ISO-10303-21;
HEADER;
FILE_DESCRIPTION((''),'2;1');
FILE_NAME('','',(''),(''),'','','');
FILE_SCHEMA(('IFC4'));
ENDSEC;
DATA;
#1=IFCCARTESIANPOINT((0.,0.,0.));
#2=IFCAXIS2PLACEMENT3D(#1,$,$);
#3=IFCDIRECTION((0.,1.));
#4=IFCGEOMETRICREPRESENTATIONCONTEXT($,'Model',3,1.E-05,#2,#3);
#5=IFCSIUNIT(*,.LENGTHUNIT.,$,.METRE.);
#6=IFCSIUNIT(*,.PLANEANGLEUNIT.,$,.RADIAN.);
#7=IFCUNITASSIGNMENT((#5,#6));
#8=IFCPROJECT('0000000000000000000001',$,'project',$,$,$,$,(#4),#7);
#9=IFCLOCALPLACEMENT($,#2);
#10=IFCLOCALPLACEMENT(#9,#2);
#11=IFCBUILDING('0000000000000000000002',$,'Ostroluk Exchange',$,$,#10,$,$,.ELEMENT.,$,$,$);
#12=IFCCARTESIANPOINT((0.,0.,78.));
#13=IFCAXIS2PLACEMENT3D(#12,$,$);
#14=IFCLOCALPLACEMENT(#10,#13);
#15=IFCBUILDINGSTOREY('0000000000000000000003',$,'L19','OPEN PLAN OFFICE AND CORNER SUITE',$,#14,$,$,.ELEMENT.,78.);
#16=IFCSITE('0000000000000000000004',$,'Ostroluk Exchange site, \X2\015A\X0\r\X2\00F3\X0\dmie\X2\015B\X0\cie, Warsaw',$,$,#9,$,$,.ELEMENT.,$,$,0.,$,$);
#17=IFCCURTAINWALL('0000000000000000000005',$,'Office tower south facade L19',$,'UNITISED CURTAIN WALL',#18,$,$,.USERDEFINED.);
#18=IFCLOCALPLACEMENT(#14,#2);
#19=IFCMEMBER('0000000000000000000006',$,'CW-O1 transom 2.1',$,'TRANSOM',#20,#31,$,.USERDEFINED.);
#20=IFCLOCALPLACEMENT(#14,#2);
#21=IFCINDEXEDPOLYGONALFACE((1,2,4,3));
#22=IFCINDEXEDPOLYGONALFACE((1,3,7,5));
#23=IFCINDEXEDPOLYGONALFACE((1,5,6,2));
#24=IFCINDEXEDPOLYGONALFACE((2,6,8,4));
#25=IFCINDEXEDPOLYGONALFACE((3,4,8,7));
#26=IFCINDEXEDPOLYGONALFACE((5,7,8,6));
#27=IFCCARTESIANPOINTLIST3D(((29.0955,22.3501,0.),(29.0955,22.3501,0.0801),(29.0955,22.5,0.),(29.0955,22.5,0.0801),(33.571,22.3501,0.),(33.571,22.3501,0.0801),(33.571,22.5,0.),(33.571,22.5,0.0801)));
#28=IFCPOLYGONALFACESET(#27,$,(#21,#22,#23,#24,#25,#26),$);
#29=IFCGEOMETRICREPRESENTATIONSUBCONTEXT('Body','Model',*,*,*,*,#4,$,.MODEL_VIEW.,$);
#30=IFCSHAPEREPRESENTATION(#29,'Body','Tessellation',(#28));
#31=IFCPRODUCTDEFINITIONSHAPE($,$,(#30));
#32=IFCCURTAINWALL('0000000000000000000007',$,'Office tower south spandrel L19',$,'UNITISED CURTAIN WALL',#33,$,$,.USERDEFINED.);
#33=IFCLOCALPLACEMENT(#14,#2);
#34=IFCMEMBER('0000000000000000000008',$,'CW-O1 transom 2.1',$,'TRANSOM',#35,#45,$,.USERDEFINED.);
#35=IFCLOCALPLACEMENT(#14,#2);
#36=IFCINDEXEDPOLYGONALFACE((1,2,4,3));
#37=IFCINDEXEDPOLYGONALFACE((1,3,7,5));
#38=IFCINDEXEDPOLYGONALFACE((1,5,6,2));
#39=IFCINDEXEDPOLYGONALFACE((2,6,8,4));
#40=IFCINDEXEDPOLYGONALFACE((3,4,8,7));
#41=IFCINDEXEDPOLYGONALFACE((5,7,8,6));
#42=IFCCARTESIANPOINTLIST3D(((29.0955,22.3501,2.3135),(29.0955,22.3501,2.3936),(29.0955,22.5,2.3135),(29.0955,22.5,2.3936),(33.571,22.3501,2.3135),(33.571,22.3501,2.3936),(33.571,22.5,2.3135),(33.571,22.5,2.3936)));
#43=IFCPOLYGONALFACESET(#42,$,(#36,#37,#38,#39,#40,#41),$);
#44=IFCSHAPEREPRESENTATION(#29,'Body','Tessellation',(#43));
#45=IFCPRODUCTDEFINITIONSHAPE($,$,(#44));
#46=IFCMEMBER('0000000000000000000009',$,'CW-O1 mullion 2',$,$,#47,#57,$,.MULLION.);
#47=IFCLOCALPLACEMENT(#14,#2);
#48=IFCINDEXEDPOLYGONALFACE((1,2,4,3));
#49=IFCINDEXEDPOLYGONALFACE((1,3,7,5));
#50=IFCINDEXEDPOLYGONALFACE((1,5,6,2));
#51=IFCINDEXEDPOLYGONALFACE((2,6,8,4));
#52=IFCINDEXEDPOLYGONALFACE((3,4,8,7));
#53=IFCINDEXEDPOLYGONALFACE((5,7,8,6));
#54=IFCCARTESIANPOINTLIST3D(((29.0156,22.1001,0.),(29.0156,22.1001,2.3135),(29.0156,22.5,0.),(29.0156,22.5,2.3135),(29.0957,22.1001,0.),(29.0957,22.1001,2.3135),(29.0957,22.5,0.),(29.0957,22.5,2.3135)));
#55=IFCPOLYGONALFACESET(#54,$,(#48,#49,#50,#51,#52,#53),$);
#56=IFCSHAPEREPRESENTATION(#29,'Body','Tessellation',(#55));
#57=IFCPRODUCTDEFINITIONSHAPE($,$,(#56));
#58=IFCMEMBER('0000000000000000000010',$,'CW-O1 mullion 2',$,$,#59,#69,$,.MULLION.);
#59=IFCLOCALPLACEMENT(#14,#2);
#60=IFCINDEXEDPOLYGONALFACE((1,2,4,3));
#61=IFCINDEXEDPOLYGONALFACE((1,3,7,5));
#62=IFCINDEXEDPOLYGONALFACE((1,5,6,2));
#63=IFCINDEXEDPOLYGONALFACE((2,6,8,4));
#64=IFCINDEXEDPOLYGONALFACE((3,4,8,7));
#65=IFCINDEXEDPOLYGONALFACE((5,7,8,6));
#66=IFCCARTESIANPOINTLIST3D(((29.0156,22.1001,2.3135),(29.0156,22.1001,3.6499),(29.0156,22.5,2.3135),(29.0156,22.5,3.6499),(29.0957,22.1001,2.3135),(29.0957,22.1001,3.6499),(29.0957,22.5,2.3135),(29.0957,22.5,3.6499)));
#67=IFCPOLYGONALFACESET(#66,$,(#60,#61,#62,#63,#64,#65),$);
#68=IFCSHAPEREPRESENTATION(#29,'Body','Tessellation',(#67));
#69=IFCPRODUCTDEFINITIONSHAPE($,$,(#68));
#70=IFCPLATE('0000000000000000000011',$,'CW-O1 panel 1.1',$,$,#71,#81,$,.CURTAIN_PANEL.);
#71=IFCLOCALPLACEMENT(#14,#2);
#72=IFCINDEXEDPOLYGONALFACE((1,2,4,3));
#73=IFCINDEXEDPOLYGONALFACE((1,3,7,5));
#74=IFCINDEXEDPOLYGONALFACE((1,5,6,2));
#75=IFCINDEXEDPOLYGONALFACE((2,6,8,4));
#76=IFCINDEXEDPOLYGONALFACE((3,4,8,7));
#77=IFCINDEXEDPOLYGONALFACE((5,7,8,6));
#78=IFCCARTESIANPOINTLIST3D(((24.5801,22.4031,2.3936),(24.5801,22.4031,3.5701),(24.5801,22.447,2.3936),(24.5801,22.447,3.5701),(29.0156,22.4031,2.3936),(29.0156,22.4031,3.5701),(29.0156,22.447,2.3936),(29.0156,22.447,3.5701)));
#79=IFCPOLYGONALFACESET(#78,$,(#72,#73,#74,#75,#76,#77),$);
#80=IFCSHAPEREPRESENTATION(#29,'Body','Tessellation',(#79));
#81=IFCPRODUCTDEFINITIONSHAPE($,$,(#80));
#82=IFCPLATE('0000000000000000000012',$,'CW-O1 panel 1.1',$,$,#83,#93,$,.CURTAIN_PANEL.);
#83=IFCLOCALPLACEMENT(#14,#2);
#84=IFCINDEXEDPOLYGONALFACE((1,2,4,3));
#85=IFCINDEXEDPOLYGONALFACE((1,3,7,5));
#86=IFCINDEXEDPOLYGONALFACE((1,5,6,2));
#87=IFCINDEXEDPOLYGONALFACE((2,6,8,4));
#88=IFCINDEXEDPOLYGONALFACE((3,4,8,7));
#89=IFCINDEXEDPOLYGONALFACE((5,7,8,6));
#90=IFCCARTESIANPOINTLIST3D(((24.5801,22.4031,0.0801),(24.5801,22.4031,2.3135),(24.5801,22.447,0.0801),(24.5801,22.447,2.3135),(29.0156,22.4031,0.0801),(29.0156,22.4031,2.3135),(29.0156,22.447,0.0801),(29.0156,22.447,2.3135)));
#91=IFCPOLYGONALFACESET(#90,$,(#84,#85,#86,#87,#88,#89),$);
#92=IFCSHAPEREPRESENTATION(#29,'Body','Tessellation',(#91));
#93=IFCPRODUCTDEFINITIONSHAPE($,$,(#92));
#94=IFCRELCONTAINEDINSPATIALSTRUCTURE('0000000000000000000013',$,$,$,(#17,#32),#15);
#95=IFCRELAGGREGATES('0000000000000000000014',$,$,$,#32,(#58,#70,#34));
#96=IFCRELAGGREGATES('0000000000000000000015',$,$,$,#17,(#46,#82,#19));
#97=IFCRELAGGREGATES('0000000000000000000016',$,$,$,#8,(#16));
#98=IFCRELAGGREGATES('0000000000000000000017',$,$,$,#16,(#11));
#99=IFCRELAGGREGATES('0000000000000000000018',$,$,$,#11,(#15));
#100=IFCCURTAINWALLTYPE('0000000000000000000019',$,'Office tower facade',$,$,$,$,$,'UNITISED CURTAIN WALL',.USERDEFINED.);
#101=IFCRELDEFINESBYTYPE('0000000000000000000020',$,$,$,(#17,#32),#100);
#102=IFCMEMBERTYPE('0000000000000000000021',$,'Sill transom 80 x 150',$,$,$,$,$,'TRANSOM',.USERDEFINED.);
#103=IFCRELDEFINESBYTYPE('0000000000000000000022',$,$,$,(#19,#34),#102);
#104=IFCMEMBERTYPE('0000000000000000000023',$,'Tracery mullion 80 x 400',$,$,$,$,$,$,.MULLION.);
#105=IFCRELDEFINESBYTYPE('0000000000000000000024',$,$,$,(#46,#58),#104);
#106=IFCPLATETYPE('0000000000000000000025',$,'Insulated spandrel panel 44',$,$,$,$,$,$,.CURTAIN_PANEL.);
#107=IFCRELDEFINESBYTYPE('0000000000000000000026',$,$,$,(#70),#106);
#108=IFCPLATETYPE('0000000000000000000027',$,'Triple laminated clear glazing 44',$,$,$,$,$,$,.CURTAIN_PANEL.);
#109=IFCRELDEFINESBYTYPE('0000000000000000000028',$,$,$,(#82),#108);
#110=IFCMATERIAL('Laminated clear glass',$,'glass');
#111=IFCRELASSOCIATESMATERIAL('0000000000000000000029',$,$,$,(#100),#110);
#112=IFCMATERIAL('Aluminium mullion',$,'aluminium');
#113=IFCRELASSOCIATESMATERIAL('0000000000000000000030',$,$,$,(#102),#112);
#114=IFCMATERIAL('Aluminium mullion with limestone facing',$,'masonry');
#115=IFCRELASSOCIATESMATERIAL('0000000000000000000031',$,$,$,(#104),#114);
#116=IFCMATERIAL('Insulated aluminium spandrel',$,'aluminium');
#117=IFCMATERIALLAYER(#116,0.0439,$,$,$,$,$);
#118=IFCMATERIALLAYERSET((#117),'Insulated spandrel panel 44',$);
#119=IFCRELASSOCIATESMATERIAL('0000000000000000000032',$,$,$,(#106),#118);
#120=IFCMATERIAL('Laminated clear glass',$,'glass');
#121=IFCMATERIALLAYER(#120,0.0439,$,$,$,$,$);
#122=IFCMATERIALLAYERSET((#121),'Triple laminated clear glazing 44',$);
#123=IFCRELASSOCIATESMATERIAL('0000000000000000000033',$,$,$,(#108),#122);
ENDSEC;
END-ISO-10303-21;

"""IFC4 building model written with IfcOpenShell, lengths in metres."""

from ifc_helpers import new_model, si_unit, direction, frame, origin, origin_2d, place, context, subcontext, project, spatial, rectangle, extrude, material, layer, layer_set, material_profile, profile_set, type_object, element, aggregate, save


model = new_model("IFC4")

# Units and contexts
model_context = context("Model", 3, precision=1e-05, world=origin(), true_north=direction((0.0, 1.0)))
body_context = subcontext(model_context, "Body", "Model", "MODEL_VIEW")
ifc_project = project(units=[si_unit("LENGTHUNIT", "METRE"), si_unit("PLANEANGLEUNIT", "RADIAN")], contexts=[model_context])

# Site, building, storey
site_placement = place(None, origin())
site = spatial("IfcSite", under=ifc_project, at=site_placement, Name="Ostroluk Exchange site, Śródmieście, Warsaw", CompositionType="ELEMENT", RefElevation=0.0)
building_placement = place(site_placement, origin())
building = spatial("IfcBuilding", under=site, at=building_placement, Name="Ostroluk Exchange", CompositionType="ELEMENT")
storey_placement = place(building_placement, frame((0.0, 0.0, 78.0)))
storey = spatial("IfcBuildingStorey", under=building, at=storey_placement, Name="L19", Description="OPEN PLAN OFFICE AND CORNER SUITE", CompositionType="ELEMENT", Elevation=78.0)

# Curtain walls, members
ifc_material_1 = material(Name="Laminated clear glass", Category="glass")
curtain_wall_type = type_object("IfcCurtainWallType", Name="Office tower facade", ElementType="UNITISED CURTAIN WALL", PredefinedType="USERDEFINED", material=ifc_material_1)
curtain_wall_1_placement = place(storey_placement, origin())
curtain_wall_1 = element("IfcCurtainWall", 1, at=curtain_wall_1_placement, inside=storey, type_object=curtain_wall_type, Name="Office tower south facade L19", ObjectType="UNITISED CURTAIN WALL", PredefinedType="USERDEFINED")
ifc_material_2 = material(Name="Aluminium mullion", Category="aluminium")
ifc_material_profile_1 = material_profile(ifc_material_2, rectangle(XDim=0.1499, YDim=0.0801, at=origin_2d()), Name="Sill transom 80 x 150")
ifc_profile_set_1 = profile_set([ifc_material_profile_1], Name="Aluminium mullion")
member_type_1 = type_object("IfcMemberType", Name="Sill transom 80 x 150", ElementType="TRANSOM", PredefinedType="USERDEFINED", material=ifc_profile_set_1)
member_1_placement = place(storey_placement, frame((29.0955, 22.425, 0.04), z_axis=(1.0, 0.0, 0.0), x_axis=(0.0, 1.0, 0.0)))
member_1 = element("IfcMember", 2, at=member_1_placement, type_object=member_type_1, Name="CW-O1 transom 2.1", ObjectType="TRANSOM", PredefinedType="USERDEFINED", context=body_context, shape_type="SweptSolid", body=[
    extrude(rectangle(XDim=0.1499, YDim=0.0801, at=origin_2d()), origin(), (0.0, 0.0, 1.0), 4.4756),
])
curtain_wall_2_placement = place(storey_placement, origin())
curtain_wall_2 = element("IfcCurtainWall", 3, at=curtain_wall_2_placement, inside=storey, type_object=curtain_wall_type, Name="Office tower south spandrel L19", ObjectType="UNITISED CURTAIN WALL", PredefinedType="USERDEFINED")
member_2_placement = place(storey_placement, frame((29.0955, 22.425, 2.3535), z_axis=(1.0, 0.0, 0.0), x_axis=(0.0, 1.0, 0.0)))
member_2 = element("IfcMember", 4, at=member_2_placement, type_object=member_type_1, Name="CW-O1 transom 2.1", ObjectType="TRANSOM", PredefinedType="USERDEFINED", context=body_context, shape_type="SweptSolid", body=[
    extrude(rectangle(XDim=0.1499, YDim=0.0801, at=origin_2d()), origin(), (0.0, 0.0, 1.0), 4.4756),
])

# Members
ifc_material_3 = material(Name="Aluminium mullion with limestone facing", Category="masonry")
ifc_material_profile_2 = material_profile(ifc_material_3, rectangle(XDim=0.3999, YDim=0.0801, at=origin_2d()), Name="Tracery mullion 80 x 400")
ifc_profile_set_2 = profile_set([ifc_material_profile_2], Name="Aluminium mullion with limestone facing")
member_type_2 = type_object("IfcMemberType", Name="Tracery mullion 80 x 400", PredefinedType="MULLION", material=ifc_profile_set_2)
member_3_placement = place(storey_placement, frame((29.0557, 22.3, 0.0), z_axis=(0.0, 0.0, 1.0), x_axis=(0.0, 1.0, 0.0)))
member_3 = element("IfcMember", 5, at=member_3_placement, type_object=member_type_2, Name="CW-O1 mullion 2", PredefinedType="MULLION", context=body_context, shape_type="SweptSolid", body=[
    extrude(rectangle(XDim=0.3999, YDim=0.0801, at=origin_2d()), origin(), (0.0, 0.0, 1.0), 2.3135),
])
member_4_placement = place(storey_placement, frame((29.0557, 22.3, 2.3135), z_axis=(0.0, 0.0, 1.0), x_axis=(0.0, 1.0, 0.0)))
member_4 = element("IfcMember", 6, at=member_4_placement, type_object=member_type_2, Name="CW-O1 mullion 2", PredefinedType="MULLION", context=body_context, shape_type="SweptSolid", body=[
    extrude(rectangle(XDim=0.3999, YDim=0.0801, at=origin_2d()), origin(), (0.0, 0.0, 1.0), 1.3364),
])

# Plates
ifc_material_4 = material(Name="Insulated aluminium spandrel", Category="aluminium")
ifc_layer_1 = layer(ifc_material_4, 0.0439)
ifc_layer_set_1 = layer_set([ifc_layer_1], Name="Insulated spandrel panel 44")
plate_type_1 = type_object("IfcPlateType", Name="Insulated spandrel panel 44", PredefinedType="CURTAIN_PANEL", material=ifc_layer_set_1)
plate_1_placement = place(storey_placement, frame((26.7979, 22.425, 2.3936), z_axis=(0.0, 0.0, 1.0), x_axis=(1.0, 0.0, 0.0)))
plate_1 = element("IfcPlate", 7, at=plate_1_placement, type_object=plate_type_1, Name="CW-O1 panel 1.1", PredefinedType="CURTAIN_PANEL", context=body_context, shape_type="SweptSolid", body=[
    extrude(rectangle(XDim=4.4355, YDim=0.0439, at=origin_2d()), origin(), (0.0, 0.0, 1.0), 1.1765),
])
aggregate(curtain_wall_2, [member_4, plate_1, member_2])
ifc_material_5 = material(Name="Laminated clear glass", Category="glass")
ifc_layer_2 = layer(ifc_material_5, 0.0439)
ifc_layer_set_2 = layer_set([ifc_layer_2], Name="Triple laminated clear glazing 44")
plate_type_2 = type_object("IfcPlateType", Name="Triple laminated clear glazing 44", PredefinedType="CURTAIN_PANEL", material=ifc_layer_set_2)
plate_2_placement = place(storey_placement, frame((26.7979, 22.425, 0.0801), z_axis=(0.0, 0.0, 1.0), x_axis=(1.0, 0.0, 0.0)))
plate_2 = element("IfcPlate", 8, at=plate_2_placement, type_object=plate_type_2, Name="CW-O1 panel 1.1", PredefinedType="CURTAIN_PANEL", context=body_context, shape_type="SweptSolid", body=[
    extrude(rectangle(XDim=4.4355, YDim=0.0439, at=origin_2d()), origin(), (0.0, 0.0, 1.0), 2.2334),
])
aggregate(curtain_wall_1, [member_3, plate_2, member_1])

save(model, "model.ifc")
